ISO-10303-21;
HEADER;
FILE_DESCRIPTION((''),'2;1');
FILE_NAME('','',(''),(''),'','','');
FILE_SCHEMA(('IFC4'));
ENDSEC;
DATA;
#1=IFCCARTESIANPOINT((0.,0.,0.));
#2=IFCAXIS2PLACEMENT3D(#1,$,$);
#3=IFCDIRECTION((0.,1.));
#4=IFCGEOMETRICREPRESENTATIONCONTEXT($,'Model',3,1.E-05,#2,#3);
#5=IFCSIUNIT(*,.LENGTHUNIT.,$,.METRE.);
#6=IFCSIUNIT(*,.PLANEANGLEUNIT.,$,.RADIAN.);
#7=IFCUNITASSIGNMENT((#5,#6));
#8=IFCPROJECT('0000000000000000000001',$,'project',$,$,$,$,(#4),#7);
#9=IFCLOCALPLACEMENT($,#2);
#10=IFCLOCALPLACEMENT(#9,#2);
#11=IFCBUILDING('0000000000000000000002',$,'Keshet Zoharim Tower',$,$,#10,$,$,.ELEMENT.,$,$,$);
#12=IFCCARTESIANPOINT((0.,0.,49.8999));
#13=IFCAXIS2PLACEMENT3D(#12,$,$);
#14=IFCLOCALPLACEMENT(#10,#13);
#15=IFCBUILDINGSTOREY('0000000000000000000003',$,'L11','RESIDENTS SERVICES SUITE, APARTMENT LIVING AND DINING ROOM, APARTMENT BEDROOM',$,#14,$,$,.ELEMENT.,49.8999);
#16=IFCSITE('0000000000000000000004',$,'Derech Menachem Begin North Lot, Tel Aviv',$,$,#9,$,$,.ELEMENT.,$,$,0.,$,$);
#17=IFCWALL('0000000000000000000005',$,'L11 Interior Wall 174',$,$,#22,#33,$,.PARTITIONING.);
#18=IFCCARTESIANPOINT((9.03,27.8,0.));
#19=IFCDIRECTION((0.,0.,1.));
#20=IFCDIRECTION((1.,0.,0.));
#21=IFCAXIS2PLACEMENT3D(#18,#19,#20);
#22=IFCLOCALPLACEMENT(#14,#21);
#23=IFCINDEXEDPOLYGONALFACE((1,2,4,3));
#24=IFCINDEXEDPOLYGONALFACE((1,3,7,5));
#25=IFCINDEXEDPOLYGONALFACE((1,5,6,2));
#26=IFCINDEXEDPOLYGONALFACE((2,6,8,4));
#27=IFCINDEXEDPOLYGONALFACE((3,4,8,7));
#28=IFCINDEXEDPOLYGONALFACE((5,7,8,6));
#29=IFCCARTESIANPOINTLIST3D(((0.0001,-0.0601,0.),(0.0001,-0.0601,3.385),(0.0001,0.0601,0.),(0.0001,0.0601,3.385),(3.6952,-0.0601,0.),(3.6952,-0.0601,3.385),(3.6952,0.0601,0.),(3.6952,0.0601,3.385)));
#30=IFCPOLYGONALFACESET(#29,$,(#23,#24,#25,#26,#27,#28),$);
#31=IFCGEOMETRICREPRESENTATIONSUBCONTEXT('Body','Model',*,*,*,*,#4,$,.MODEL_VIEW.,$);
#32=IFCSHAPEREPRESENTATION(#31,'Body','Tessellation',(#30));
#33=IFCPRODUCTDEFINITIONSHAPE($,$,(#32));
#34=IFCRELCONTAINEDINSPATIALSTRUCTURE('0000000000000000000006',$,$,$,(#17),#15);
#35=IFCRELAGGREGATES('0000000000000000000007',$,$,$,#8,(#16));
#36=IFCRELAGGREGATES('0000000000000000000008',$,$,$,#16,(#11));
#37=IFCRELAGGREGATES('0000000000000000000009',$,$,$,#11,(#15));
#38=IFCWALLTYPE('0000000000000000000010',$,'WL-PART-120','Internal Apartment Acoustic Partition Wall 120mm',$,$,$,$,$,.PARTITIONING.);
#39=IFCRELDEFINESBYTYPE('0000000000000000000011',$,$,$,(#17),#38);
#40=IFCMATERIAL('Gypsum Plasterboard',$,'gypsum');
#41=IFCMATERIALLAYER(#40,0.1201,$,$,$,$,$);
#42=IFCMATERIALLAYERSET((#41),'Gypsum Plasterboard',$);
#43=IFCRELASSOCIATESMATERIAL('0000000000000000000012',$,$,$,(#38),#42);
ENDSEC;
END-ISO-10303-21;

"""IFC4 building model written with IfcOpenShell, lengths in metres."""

from ifc_helpers import new_model, si_unit, direction, frame, frame_2d, origin, place, context, subcontext, project, spatial, rectangle, extrude, material, layer, layer_set, type_object, element, save


model = new_model("IFC4")

# Units and contexts
model_context = context("Model", 3, precision=1e-05, world=origin(), true_north=direction((0.0, 1.0)))
body_context = subcontext(model_context, "Body", "Model", "MODEL_VIEW")
ifc_project = project(units=[si_unit("LENGTHUNIT", "METRE"), si_unit("PLANEANGLEUNIT", "RADIAN")], contexts=[model_context])

# Site, building, storey
site_placement = place(None, origin())
site = spatial("IfcSite", under=ifc_project, at=site_placement, Name="Derech Menachem Begin North Lot, Tel Aviv", CompositionType="ELEMENT", RefElevation=0.0)
building_placement = place(site_placement, origin())
building = spatial("IfcBuilding", under=site, at=building_placement, Name="Keshet Zoharim Tower", CompositionType="ELEMENT")
storey_placement = place(building_placement, frame((0.0, 0.0, 49.8999)))
storey = spatial("IfcBuildingStorey", under=building, at=storey_placement, Name="L11", Description="RESIDENTS SERVICES SUITE, APARTMENT LIVING AND DINING ROOM, APARTMENT BEDROOM", CompositionType="ELEMENT", Elevation=49.8999)

# Shared definitions
ifc_material_1 = material(Name="Gypsum Plasterboard", Category="gypsum")
ifc_layer_1 = layer(ifc_material_1, 0.1201)
ifc_layer_set_1 = layer_set([ifc_layer_1], Name="Gypsum Plasterboard")
wall_type_1 = type_object("IfcWallType", Name="WL-PART-120", Description="Internal Apartment Acoustic Partition Wall 120mm", PredefinedType="PARTITIONING", material=ifc_layer_set_1)

# Wall
wall_1_placement = place(storey_placement, frame((9.03, 27.8, 0.0), z_axis=(0.0, 0.0, 1.0), x_axis=(1.0, 0.0, 0.0)))
element("IfcWall", 1, at=wall_1_placement, inside=storey, type_object=wall_type_1, Name="L11 Interior Wall 174", PredefinedType="PARTITIONING", context=body_context, shape_type="SweptSolid", body=[
    extrude(rectangle(XDim=3.6951, YDim=0.1201, at=frame_2d((1.8477, 0.0))), origin(), (0.0, 0.0, 1.0), 3.385),
])

save(model, "model.ifc")
